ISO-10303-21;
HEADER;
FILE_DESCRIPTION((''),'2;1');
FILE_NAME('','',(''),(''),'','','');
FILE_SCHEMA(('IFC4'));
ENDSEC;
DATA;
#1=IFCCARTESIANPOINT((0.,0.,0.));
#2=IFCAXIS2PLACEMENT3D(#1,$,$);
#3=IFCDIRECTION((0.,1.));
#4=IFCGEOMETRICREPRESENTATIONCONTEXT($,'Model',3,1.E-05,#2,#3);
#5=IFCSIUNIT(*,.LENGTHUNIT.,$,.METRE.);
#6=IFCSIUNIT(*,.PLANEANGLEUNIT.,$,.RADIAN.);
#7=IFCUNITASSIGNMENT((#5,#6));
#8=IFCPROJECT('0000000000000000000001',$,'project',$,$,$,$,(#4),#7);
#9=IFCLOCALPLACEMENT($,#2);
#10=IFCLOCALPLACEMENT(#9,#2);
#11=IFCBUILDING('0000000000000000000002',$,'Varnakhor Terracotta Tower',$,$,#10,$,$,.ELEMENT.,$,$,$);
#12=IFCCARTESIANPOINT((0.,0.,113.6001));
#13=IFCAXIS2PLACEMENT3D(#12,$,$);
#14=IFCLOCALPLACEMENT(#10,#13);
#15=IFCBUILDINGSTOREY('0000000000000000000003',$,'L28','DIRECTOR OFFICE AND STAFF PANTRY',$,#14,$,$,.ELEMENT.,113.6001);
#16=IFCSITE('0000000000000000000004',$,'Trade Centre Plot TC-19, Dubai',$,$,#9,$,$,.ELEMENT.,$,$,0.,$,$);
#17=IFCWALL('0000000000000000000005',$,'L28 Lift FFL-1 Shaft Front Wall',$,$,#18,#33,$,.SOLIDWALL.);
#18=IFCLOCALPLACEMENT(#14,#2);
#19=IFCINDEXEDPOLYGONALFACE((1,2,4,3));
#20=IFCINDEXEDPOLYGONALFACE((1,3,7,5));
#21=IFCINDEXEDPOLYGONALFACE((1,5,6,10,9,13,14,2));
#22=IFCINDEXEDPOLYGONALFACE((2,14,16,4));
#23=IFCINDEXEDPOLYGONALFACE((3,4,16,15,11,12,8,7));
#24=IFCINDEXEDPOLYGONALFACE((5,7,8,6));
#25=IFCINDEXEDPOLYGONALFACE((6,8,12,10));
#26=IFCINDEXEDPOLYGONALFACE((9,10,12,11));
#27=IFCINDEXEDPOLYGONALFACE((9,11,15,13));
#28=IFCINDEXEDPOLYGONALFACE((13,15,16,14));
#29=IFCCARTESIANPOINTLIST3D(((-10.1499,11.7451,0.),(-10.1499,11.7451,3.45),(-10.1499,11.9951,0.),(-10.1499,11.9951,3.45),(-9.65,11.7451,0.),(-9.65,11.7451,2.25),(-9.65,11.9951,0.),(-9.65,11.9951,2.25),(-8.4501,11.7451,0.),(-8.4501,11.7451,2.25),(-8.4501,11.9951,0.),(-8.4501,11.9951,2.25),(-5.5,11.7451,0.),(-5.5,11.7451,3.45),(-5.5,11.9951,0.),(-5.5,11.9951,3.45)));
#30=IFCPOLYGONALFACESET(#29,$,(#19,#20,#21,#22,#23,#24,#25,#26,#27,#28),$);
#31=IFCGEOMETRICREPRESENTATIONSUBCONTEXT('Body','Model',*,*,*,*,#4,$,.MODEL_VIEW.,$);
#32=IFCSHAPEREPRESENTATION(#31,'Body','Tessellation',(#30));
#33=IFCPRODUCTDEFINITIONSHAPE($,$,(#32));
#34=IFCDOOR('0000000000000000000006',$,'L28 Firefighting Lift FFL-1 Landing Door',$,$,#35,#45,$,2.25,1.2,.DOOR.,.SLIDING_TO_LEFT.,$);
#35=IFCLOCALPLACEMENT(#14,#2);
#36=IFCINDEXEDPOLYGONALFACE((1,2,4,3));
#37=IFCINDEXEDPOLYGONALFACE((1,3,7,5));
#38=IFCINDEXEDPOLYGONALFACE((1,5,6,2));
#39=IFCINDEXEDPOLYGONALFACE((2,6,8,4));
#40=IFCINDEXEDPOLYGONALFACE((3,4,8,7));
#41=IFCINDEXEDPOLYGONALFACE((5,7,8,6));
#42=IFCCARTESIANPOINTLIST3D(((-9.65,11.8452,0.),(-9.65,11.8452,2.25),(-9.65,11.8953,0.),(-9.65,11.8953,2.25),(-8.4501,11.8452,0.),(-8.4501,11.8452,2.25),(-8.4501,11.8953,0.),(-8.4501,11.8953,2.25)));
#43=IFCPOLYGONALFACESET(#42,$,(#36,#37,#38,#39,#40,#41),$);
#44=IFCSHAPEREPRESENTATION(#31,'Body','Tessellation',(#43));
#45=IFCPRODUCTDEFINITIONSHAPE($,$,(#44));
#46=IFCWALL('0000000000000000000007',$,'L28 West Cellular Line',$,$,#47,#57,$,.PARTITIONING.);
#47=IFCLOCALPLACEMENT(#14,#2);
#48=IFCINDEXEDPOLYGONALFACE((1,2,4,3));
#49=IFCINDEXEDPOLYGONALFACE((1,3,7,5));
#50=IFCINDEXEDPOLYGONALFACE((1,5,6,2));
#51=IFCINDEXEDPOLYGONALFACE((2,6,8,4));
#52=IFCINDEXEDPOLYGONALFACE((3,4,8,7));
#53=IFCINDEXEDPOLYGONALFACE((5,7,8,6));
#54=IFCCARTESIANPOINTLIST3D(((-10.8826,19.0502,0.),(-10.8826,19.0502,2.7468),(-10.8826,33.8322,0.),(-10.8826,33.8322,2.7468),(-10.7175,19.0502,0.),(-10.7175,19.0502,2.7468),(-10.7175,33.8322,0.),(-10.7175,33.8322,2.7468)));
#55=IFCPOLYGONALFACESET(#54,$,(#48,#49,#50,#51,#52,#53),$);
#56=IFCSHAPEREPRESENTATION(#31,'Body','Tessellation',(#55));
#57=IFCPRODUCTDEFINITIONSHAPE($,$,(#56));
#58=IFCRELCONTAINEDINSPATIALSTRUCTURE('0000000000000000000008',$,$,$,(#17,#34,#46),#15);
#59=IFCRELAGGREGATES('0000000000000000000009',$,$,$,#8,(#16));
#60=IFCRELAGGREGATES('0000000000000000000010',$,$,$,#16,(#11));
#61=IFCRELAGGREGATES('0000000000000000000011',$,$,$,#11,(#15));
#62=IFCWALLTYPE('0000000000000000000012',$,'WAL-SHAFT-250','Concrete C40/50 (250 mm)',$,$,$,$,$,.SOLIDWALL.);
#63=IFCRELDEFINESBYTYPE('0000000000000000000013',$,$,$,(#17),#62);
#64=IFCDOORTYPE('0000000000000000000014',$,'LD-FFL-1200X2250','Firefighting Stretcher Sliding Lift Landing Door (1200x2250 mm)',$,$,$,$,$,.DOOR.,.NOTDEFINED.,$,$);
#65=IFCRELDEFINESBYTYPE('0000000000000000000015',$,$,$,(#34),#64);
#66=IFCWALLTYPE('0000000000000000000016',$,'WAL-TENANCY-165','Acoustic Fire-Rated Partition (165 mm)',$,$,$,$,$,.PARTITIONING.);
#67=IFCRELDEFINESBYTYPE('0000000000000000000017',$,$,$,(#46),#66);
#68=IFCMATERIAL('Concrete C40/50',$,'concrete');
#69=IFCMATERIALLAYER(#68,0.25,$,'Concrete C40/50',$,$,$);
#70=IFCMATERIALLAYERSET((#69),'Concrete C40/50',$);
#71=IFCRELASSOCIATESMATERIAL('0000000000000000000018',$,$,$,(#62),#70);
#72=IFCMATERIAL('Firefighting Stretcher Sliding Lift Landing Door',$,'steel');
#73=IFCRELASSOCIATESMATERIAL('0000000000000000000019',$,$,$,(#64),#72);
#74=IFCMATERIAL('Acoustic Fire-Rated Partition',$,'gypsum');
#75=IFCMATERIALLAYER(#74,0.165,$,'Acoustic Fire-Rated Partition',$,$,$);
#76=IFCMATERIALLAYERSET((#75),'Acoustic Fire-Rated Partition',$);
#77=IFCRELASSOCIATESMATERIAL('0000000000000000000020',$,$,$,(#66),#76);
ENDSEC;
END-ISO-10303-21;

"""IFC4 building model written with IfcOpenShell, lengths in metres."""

from ifc_helpers import new_model, si_unit, direction, frame, frame_2d, origin, place, context, subcontext, project, spatial, rectangle, extrude, source, transform, mapped, material, layer, layer_set, type_object, type_shapes, element, fill, save


model = new_model("IFC4")

# Units and contexts
model_context = context("Model", 3, precision=1e-05, world=origin(), true_north=direction((0.0, 1.0)))
body_context = subcontext(model_context, "Body", "Model", "MODEL_VIEW")
ifc_project = project(units=[si_unit("LENGTHUNIT", "METRE"), si_unit("PLANEANGLEUNIT", "RADIAN")], contexts=[model_context])

# Site, building, storey
site_placement = place(None, origin())
site = spatial("IfcSite", under=ifc_project, at=site_placement, Name="Trade Centre Plot TC-19, Dubai", CompositionType="ELEMENT", RefElevation=0.0)
building_placement = place(site_placement, origin())
building = spatial("IfcBuilding", under=site, at=building_placement, Name="Varnakhor Terracotta Tower", CompositionType="ELEMENT")
storey_placement = place(building_placement, frame((0.0, 0.0, 113.6001)))
storey = spatial("IfcBuildingStorey", under=building, at=storey_placement, Name="L28", Description="DIRECTOR OFFICE AND STAFF PANTRY", CompositionType="ELEMENT", Elevation=113.6001)

# Shared definitions
ifc_material_1 = material(Name="Concrete C40/50", Category="concrete")

# Wall, opening, door
ifc_layer_1 = layer(ifc_material_1, 0.25, Name="Concrete C40/50")
ifc_layer_set_1 = layer_set([ifc_layer_1], Name="Concrete C40/50")
wall_type_1 = type_object("IfcWallType", Name="WAL-SHAFT-250", Description="Concrete C40/50 (250 mm)", PredefinedType="SOLIDWALL", material=ifc_layer_set_1)
wall_1_placement = place(storey_placement, frame((-5.5, 11.8701, 0.0), z_axis=(0.0, 0.0, 1.0), x_axis=(-1.0, 0.0, 0.0)))
wall_1 = element("IfcWall", 1, at=wall_1_placement, inside=storey, type_object=wall_type_1, Name="L28 Lift FFL-1 Shaft Front Wall", PredefinedType="SOLIDWALL", context=body_context, shape_type="SweptSolid", body=[
    extrude(rectangle(XDim=4.6499, YDim=0.25, at=frame_2d((2.325, 0.0))), origin(), (0.0, 0.0, 1.0), 3.45),
])
opening_1_placement = place(wall_1_placement, frame((2.95, 0.0, 0.0)))
opening_1 = element("IfcOpeningElement", 2, at=opening_1_placement, cuts=wall_1, PredefinedType="OPENING", context=body_context, shape_type="SweptSolid", body=[
    extrude(rectangle(XDim=1.2, YDim=2.25, at=frame_2d((0.6001, 1.125))), frame((0.0, 0.135, 0.0), z_axis=(0.0, -1.0, 0.0), x_axis=(1.0, 0.0, 0.0)), (0.0, 0.0, 1.0), 0.27),
])
ifc_material_2 = material(Name="Firefighting Stretcher Sliding Lift Landing Door", Category="steel")
door_type_1 = type_object("IfcDoorType", Name="LD-FFL-1200X2250", Description="Firefighting Stretcher Sliding Lift Landing Door (1200x2250 mm)", OperationType="NOTDEFINED", PredefinedType="DOOR", material=ifc_material_2)
shared_shape_1 = source(origin(), body_context, "Body", "SweptSolid", [
    extrude(rectangle(XDim=1.2, YDim=2.25, at=frame_2d((0.6001, 1.125))), frame((0.0, 0.0249, 0.0), z_axis=(0.0, -1.0, 0.0), x_axis=(1.0, 0.0, 0.0)), (0.0, 0.0, 1.0), 0.05),
])
type_shapes(door_type_1, [shared_shape_1])
door_1_placement = place(opening_1_placement, origin())
door_1 = element("IfcDoor", 3, at=door_1_placement, inside=storey, type_object=door_type_1, Name="L28 Firefighting Lift FFL-1 Landing Door", OperationType="SLIDING_TO_LEFT", OverallHeight=2.25, OverallWidth=1.2, PredefinedType="DOOR", context=body_context, shape_type="MappedRepresentation", body=[
    mapped(shared_shape_1, transform((0.0, 0.0, 0.0), scale=1.0)),
])
fill(opening_1, door_1)

# Wall
ifc_material_3 = material(Name="Acoustic Fire-Rated Partition", Category="gypsum")
ifc_layer_2 = layer(ifc_material_3, 0.165, Name="Acoustic Fire-Rated Partition")
ifc_layer_set_2 = layer_set([ifc_layer_2], Name="Acoustic Fire-Rated Partition")
wall_type_2 = type_object("IfcWallType", Name="WAL-TENANCY-165", Description="Acoustic Fire-Rated Partition (165 mm)", PredefinedType="PARTITIONING", material=ifc_layer_set_2)
wall_2_placement = place(storey_placement, frame((-10.8, 19.05, 0.0), z_axis=(0.0, 0.0, 1.0), x_axis=(0.0, 1.0, 0.0)))
element("IfcWall", 4, at=wall_2_placement, inside=storey, type_object=wall_type_2, Name="L28 West Cellular Line", PredefinedType="PARTITIONING", context=body_context, shape_type="SweptSolid", body=[
    extrude(rectangle(XDim=14.782, YDim=0.165, at=frame_2d((7.3911, 0.0))), origin(), (0.0, 0.0, 1.0), 2.7468),
])

save(model, "model.ifc")
